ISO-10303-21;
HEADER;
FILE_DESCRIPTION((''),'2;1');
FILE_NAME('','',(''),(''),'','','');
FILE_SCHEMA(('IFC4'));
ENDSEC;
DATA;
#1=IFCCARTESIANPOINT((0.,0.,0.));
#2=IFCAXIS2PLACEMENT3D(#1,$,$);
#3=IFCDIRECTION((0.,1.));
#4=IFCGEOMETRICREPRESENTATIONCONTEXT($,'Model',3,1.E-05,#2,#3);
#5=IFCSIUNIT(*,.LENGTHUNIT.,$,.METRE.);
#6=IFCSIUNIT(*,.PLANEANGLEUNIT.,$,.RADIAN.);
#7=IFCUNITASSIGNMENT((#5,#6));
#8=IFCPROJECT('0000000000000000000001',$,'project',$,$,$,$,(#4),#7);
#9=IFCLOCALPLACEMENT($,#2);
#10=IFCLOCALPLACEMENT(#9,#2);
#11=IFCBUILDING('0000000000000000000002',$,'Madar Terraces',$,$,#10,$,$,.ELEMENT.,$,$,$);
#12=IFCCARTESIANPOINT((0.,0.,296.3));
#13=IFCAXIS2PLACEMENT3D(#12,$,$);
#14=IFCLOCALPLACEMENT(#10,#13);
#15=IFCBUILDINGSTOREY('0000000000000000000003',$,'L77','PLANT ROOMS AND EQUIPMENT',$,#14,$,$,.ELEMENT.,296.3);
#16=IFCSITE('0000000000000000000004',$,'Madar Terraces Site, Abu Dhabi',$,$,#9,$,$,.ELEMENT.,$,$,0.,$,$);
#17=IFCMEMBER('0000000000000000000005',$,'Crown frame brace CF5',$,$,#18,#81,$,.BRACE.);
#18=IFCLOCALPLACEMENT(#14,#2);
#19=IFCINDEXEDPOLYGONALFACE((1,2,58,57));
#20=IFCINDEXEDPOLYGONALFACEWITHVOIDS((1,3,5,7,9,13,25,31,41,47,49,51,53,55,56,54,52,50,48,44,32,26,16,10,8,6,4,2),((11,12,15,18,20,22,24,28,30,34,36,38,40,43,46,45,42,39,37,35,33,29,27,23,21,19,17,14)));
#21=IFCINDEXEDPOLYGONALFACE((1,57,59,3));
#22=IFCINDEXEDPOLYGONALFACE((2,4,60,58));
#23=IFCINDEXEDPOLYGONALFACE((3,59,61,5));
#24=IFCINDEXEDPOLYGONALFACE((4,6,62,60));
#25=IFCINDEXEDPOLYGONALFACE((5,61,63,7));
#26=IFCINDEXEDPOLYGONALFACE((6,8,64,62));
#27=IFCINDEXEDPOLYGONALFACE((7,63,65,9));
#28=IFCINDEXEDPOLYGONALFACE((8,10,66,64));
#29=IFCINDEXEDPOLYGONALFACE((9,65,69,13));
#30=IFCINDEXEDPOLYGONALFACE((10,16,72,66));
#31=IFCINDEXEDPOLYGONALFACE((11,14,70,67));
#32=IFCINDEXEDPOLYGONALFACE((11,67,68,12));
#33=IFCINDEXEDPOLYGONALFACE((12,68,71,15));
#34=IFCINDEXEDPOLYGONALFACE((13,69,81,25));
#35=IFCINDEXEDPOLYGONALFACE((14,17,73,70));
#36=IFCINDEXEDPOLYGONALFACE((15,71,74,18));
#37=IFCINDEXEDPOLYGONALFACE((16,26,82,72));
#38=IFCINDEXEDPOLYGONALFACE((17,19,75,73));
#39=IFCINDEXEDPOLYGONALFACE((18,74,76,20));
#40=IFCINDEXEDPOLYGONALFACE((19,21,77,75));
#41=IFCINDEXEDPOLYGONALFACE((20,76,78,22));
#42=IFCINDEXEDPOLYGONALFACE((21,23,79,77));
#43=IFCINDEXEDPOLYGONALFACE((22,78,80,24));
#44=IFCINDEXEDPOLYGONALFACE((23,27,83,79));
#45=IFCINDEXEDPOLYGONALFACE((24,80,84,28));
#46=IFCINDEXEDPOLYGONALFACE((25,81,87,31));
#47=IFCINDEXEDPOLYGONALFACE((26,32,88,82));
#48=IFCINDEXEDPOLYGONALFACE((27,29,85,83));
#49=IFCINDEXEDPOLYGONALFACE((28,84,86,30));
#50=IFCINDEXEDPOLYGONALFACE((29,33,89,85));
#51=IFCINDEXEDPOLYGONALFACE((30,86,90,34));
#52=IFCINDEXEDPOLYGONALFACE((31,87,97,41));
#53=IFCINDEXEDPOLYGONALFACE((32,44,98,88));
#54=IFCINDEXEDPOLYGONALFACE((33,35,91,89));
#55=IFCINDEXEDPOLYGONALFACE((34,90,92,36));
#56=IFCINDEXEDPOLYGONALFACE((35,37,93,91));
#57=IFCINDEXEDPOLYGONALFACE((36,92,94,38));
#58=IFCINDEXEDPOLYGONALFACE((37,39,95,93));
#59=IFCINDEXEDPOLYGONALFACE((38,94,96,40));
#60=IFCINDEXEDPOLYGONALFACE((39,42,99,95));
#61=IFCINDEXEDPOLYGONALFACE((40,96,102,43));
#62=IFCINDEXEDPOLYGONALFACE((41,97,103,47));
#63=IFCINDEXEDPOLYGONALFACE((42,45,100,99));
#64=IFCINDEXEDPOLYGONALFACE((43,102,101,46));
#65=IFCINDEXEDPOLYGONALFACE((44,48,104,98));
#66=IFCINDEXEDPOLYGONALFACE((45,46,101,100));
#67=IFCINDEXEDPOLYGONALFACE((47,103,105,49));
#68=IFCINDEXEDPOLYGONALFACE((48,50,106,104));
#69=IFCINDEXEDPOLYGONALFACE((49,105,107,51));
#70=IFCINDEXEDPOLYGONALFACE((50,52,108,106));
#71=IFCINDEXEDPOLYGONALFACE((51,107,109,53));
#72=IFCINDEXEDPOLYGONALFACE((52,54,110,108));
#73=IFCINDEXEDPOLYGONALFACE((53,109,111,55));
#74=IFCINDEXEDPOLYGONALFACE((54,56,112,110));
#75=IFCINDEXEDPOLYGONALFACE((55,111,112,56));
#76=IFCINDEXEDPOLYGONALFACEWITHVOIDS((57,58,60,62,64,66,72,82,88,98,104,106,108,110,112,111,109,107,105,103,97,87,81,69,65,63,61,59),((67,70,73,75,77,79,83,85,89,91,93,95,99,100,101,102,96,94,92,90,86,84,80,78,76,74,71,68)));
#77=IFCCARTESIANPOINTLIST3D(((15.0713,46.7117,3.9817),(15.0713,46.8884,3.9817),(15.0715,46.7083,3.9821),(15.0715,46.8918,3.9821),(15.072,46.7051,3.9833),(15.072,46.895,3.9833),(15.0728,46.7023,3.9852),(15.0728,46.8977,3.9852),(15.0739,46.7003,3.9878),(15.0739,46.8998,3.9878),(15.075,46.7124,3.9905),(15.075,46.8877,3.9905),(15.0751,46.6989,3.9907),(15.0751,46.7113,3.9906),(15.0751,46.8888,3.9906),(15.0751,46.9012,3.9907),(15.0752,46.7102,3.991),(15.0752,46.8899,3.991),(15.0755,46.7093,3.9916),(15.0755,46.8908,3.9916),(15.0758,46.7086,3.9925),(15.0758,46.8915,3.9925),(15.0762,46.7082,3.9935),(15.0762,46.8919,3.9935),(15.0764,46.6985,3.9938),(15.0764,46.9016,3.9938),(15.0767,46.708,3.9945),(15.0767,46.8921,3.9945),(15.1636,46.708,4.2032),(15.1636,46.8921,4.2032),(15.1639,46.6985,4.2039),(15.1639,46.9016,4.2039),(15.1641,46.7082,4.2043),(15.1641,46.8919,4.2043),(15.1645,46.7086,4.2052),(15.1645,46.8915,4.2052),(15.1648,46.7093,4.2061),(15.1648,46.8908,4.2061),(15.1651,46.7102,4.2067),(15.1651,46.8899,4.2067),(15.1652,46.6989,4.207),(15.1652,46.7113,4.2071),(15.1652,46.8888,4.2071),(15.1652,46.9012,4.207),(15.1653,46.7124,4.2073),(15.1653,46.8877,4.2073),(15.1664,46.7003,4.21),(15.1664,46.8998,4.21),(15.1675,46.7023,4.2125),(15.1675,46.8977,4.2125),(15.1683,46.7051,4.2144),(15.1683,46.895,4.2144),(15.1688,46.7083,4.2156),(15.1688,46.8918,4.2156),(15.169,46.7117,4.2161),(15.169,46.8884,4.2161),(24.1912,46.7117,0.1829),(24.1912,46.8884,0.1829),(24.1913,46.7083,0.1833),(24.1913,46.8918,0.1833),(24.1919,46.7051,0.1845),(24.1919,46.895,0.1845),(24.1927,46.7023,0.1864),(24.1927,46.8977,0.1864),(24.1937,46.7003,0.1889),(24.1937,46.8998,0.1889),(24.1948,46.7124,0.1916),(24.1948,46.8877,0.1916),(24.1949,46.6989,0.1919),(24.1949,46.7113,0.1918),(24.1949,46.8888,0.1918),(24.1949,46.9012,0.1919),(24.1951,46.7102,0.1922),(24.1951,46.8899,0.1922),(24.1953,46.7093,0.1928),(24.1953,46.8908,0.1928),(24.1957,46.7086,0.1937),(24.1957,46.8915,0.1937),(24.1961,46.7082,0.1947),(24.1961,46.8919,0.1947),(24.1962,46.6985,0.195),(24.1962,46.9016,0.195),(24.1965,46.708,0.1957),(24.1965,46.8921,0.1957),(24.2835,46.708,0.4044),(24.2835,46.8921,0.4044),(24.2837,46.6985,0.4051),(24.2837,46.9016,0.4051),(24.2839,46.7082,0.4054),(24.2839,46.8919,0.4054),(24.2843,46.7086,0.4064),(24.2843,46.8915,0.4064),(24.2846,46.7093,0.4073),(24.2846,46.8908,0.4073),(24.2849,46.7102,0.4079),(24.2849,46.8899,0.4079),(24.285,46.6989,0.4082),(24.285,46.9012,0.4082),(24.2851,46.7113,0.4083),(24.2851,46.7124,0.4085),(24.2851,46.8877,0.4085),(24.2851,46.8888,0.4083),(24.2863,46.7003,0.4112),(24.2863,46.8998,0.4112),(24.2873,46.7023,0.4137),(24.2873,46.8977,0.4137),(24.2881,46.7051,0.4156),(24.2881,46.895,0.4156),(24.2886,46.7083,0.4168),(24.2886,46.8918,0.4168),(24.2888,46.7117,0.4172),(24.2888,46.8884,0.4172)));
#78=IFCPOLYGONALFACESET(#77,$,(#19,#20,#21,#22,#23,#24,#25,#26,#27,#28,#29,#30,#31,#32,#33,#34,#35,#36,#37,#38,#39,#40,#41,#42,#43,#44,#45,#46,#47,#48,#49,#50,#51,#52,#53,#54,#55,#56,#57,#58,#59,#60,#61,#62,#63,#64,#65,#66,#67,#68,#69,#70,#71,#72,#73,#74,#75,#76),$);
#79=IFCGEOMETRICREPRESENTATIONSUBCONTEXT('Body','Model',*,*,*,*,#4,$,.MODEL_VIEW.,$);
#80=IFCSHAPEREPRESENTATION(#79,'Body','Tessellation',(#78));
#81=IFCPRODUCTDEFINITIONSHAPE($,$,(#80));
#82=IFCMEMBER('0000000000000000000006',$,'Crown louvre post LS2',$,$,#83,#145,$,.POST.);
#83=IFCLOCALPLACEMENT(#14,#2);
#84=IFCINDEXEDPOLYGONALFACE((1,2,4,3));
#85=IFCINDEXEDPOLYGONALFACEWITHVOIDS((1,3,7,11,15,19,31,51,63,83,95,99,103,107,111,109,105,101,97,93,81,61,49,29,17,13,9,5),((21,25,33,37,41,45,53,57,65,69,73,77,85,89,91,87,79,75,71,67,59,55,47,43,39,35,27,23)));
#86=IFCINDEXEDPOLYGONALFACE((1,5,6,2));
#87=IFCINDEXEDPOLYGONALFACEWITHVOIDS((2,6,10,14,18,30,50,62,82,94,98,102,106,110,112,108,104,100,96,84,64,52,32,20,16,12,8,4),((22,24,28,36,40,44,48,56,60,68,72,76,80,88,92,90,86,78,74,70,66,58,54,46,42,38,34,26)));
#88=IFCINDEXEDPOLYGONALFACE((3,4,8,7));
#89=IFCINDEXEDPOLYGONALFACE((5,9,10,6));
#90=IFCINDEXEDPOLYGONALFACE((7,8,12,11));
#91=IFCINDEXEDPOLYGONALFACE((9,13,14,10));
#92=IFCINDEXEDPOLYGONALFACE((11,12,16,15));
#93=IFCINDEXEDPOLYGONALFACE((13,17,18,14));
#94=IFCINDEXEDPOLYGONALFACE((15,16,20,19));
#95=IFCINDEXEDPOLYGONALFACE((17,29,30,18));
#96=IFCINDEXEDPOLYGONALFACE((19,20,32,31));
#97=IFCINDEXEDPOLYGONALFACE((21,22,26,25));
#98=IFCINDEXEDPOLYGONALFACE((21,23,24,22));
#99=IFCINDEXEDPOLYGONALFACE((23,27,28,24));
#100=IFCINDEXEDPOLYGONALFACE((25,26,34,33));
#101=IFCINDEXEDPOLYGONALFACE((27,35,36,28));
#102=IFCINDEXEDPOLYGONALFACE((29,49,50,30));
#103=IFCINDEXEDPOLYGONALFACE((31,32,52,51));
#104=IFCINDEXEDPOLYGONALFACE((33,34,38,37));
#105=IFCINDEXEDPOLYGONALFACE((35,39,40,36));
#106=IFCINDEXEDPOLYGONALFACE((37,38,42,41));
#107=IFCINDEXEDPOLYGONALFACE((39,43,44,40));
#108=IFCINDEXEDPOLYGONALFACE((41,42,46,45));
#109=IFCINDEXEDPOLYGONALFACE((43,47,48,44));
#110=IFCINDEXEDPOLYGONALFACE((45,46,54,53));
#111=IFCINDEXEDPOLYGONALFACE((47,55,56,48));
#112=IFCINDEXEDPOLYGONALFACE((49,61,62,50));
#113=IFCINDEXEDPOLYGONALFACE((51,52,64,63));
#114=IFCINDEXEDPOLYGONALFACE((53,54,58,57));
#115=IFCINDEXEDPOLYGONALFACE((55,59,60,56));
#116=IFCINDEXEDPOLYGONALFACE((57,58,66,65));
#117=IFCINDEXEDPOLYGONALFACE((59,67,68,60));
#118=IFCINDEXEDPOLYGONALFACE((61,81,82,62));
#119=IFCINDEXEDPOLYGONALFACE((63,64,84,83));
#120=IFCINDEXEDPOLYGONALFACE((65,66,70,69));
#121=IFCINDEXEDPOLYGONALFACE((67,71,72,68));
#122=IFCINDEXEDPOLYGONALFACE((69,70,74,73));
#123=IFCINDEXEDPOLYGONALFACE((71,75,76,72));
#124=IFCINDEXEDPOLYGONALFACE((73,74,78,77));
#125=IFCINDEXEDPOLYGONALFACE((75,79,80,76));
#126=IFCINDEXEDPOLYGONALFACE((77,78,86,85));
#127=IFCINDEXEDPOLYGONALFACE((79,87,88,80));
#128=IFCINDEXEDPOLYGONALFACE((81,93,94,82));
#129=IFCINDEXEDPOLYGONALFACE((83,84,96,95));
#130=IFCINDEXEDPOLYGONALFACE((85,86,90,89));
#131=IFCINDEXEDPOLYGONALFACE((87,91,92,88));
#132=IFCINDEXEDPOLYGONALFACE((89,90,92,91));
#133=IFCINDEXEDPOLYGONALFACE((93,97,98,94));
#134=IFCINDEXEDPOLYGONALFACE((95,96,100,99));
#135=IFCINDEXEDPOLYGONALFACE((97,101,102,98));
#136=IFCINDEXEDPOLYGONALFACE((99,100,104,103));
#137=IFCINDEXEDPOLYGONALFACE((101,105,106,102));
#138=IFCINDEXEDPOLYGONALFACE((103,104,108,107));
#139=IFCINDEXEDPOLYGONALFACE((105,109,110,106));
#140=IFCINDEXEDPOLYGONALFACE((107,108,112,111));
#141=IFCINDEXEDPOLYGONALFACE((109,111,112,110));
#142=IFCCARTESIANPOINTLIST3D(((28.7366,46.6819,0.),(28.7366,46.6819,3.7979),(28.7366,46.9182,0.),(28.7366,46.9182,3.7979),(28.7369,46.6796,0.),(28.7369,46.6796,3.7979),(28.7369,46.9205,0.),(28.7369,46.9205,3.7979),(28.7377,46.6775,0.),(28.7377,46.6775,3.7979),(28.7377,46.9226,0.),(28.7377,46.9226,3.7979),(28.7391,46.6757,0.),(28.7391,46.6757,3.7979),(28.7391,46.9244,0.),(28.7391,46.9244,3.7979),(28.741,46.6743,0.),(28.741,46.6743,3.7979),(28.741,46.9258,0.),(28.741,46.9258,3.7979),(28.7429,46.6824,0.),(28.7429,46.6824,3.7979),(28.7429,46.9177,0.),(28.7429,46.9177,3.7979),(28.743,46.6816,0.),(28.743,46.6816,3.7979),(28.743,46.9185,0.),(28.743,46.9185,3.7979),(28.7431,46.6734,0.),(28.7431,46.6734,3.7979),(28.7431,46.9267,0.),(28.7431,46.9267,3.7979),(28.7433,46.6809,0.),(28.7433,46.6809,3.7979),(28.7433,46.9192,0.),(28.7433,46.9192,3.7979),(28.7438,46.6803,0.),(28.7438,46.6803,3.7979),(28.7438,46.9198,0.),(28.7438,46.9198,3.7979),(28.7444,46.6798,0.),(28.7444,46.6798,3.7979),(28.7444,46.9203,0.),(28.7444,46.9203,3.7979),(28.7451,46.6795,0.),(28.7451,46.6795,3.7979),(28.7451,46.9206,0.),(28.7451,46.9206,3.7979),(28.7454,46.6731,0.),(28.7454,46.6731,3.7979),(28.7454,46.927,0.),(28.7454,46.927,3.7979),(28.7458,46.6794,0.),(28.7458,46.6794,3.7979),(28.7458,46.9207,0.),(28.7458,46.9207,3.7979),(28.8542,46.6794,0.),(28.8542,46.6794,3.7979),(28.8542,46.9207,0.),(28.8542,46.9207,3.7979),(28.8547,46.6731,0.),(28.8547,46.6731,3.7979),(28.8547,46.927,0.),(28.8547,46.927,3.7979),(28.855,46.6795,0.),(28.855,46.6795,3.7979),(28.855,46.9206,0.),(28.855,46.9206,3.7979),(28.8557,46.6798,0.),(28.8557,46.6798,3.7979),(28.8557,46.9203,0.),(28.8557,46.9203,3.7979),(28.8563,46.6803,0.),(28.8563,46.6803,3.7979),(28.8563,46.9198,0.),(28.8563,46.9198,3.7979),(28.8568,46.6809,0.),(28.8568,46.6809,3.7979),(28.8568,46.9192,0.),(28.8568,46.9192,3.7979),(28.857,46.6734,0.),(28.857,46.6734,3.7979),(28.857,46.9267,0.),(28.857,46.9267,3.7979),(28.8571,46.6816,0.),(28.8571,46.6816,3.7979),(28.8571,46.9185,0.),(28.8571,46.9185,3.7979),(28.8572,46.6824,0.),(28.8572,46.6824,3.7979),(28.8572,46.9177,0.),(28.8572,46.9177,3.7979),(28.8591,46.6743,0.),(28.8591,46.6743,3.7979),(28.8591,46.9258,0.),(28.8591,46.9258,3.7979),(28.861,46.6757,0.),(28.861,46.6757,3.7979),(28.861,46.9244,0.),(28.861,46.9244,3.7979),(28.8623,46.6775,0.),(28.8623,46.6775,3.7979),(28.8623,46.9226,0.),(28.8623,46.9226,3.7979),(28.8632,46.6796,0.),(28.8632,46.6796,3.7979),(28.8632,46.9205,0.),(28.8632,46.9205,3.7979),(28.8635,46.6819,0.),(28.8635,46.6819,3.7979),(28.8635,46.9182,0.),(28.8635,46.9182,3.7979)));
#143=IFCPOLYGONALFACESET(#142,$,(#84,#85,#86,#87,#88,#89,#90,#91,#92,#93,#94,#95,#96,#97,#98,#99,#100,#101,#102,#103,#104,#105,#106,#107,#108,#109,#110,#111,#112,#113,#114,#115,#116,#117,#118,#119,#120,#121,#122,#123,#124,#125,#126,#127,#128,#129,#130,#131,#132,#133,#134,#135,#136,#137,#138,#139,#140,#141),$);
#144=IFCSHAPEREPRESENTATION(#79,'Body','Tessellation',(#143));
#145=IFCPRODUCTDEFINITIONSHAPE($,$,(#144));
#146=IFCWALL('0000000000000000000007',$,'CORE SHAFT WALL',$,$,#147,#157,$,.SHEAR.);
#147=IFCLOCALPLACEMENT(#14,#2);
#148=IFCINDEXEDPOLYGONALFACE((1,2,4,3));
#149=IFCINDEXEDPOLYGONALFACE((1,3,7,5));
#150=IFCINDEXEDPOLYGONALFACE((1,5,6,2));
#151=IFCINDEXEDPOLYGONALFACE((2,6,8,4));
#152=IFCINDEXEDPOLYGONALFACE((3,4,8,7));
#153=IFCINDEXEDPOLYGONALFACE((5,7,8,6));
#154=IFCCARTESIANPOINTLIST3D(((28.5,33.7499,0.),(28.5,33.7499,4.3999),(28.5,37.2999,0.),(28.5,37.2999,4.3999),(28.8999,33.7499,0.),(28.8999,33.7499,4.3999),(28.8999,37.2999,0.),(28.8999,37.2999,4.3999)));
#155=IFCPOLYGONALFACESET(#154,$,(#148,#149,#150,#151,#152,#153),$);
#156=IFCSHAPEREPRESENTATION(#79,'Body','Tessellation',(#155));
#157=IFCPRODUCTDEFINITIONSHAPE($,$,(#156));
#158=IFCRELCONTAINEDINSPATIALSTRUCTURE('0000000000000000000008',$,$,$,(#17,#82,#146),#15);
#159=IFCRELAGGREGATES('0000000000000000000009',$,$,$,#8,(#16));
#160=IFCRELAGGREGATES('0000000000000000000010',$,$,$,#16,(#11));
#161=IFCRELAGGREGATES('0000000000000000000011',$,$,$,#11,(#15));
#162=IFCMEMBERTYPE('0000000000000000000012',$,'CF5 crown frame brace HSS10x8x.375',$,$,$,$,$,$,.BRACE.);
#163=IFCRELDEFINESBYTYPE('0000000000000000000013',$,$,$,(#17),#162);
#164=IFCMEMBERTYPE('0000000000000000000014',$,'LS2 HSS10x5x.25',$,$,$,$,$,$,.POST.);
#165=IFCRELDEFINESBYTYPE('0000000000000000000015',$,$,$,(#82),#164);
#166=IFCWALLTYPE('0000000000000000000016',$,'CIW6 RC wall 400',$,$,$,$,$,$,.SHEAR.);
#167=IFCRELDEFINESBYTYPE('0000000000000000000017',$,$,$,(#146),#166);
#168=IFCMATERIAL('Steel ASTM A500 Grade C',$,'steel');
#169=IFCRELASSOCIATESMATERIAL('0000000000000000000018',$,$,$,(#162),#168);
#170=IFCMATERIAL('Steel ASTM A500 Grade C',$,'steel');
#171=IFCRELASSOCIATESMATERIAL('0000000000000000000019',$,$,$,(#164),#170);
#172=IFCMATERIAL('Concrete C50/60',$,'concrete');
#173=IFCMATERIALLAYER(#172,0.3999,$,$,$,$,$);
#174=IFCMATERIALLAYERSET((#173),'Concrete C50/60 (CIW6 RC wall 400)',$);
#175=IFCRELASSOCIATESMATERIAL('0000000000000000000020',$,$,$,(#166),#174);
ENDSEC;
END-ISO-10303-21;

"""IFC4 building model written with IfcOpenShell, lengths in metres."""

from ifc_helpers import new_model, si_unit, direction, frame, frame_2d, origin, origin_2d, place, context, subcontext, project, spatial, rectangle, hollow_rectangle, extrude, material, layer, layer_set, material_profile, profile_set, type_object, element, save


model = new_model("IFC4")

# Units and contexts
model_context = context("Model", 3, precision=1e-05, world=origin(), true_north=direction((0.0, 1.0)))
body_context = subcontext(model_context, "Body", "Model", "MODEL_VIEW")
ifc_project = project(units=[si_unit("LENGTHUNIT", "METRE"), si_unit("PLANEANGLEUNIT", "RADIAN")], contexts=[model_context])

# Site, building, storey
site_placement = place(None, origin())
site = spatial("IfcSite", under=ifc_project, at=site_placement, Name="Madar Terraces Site, Abu Dhabi", CompositionType="ELEMENT", RefElevation=0.0)
building_placement = place(site_placement, origin())
building = spatial("IfcBuilding", under=site, at=building_placement, Name="Madar Terraces", CompositionType="ELEMENT")
storey_placement = place(building_placement, frame((0.0, 0.0, 296.3)))
storey = spatial("IfcBuildingStorey", under=building, at=storey_placement, Name="L77", Description="PLANT ROOMS AND EQUIPMENT", CompositionType="ELEMENT", Elevation=296.3)

# Members
ifc_material_1 = material(Name="Steel ASTM A500 Grade C", Category="steel")
ifc_material_profile_1 = material_profile(ifc_material_1, hollow_rectangle(XDim=0.2031, YDim=0.2539, WallThickness=0.0095, InnerFilletRadius=0.0044, OuterFilletRadius=0.0132, at=origin_2d()), Name="HSS10x8x.375")
ifc_profile_set_1 = profile_set([ifc_material_profile_1], Name="Steel ASTM A500 Grade C")
member_type_1 = type_object("IfcMemberType", Name="CF5 crown frame brace HSS10x8x.375", PredefinedType="BRACE", material=ifc_profile_set_1)
member_1_placement = place(storey_placement, frame((24.24, 46.8, 0.3), z_axis=(-0.923117, 0.0, 0.384519), x_axis=(0.0, -1.0, 0.0)))
element("IfcMember", 1, at=member_1_placement, inside=storey, type_object=member_type_1, Name="Crown frame brace CF5", PredefinedType="BRACE", context=body_context, shape_type="SweptSolid", body=[
    extrude(hollow_rectangle(XDim=0.2031, YDim=0.2539, WallThickness=0.0095, InnerFilletRadius=0.0044, OuterFilletRadius=0.0132, at=origin_2d()), origin(), (0.0, 0.0, 1.0), 9.8794),
])
ifc_material_2 = material(Name="Steel ASTM A500 Grade C", Category="steel")
ifc_material_profile_2 = material_profile(ifc_material_2, hollow_rectangle(XDim=0.127, YDim=0.2539, WallThickness=0.0063, InnerFilletRadius=0.0029, OuterFilletRadius=0.0088, at=origin_2d()), Name="HSS10x5x.25")
ifc_profile_set_2 = profile_set([ifc_material_profile_2], Name="Steel ASTM A500 Grade C")
member_type_2 = type_object("IfcMemberType", Name="LS2 HSS10x5x.25", PredefinedType="POST", material=ifc_profile_set_2)
member_2_placement = place(storey_placement, frame((28.8, 46.8, 0.0), z_axis=(0.0, 0.0, 1.0), x_axis=(-1.0, 0.0, 0.0)))
element("IfcMember", 2, at=member_2_placement, inside=storey, type_object=member_type_2, Name="Crown louvre post LS2", PredefinedType="POST", context=body_context, shape_type="SweptSolid", body=[
    extrude(hollow_rectangle(XDim=0.127, YDim=0.2539, WallThickness=0.0063, InnerFilletRadius=0.0029, OuterFilletRadius=0.0088, at=origin_2d()), origin(), (0.0, 0.0, 1.0), 3.7979),
])

# Wall
ifc_material_3 = material(Name="Concrete C50/60", Category="concrete")
ifc_layer_1 = layer(ifc_material_3, 0.3999)
ifc_layer_set_1 = layer_set([ifc_layer_1], Name="Concrete C50/60 (CIW6 RC wall 400)")
wall_type_1 = type_object("IfcWallType", Name="CIW6 RC wall 400", PredefinedType="SHEAR", material=ifc_layer_set_1)
wall_1_placement = place(storey_placement, frame((28.7, 33.75, 0.0), z_axis=(0.0, 0.0, 1.0), x_axis=(0.0, 1.0, 0.0)))
element("IfcWall", 3, at=wall_1_placement, inside=storey, type_object=wall_type_1, Name="CORE SHAFT WALL", PredefinedType="SHEAR", context=body_context, shape_type="SweptSolid", body=[
    extrude(rectangle(XDim=3.55, YDim=0.3999, at=frame_2d((1.7749, 0.0))), origin(), (0.0, 0.0, 1.0), 4.3999),
])

save(model, "model.ifc")
